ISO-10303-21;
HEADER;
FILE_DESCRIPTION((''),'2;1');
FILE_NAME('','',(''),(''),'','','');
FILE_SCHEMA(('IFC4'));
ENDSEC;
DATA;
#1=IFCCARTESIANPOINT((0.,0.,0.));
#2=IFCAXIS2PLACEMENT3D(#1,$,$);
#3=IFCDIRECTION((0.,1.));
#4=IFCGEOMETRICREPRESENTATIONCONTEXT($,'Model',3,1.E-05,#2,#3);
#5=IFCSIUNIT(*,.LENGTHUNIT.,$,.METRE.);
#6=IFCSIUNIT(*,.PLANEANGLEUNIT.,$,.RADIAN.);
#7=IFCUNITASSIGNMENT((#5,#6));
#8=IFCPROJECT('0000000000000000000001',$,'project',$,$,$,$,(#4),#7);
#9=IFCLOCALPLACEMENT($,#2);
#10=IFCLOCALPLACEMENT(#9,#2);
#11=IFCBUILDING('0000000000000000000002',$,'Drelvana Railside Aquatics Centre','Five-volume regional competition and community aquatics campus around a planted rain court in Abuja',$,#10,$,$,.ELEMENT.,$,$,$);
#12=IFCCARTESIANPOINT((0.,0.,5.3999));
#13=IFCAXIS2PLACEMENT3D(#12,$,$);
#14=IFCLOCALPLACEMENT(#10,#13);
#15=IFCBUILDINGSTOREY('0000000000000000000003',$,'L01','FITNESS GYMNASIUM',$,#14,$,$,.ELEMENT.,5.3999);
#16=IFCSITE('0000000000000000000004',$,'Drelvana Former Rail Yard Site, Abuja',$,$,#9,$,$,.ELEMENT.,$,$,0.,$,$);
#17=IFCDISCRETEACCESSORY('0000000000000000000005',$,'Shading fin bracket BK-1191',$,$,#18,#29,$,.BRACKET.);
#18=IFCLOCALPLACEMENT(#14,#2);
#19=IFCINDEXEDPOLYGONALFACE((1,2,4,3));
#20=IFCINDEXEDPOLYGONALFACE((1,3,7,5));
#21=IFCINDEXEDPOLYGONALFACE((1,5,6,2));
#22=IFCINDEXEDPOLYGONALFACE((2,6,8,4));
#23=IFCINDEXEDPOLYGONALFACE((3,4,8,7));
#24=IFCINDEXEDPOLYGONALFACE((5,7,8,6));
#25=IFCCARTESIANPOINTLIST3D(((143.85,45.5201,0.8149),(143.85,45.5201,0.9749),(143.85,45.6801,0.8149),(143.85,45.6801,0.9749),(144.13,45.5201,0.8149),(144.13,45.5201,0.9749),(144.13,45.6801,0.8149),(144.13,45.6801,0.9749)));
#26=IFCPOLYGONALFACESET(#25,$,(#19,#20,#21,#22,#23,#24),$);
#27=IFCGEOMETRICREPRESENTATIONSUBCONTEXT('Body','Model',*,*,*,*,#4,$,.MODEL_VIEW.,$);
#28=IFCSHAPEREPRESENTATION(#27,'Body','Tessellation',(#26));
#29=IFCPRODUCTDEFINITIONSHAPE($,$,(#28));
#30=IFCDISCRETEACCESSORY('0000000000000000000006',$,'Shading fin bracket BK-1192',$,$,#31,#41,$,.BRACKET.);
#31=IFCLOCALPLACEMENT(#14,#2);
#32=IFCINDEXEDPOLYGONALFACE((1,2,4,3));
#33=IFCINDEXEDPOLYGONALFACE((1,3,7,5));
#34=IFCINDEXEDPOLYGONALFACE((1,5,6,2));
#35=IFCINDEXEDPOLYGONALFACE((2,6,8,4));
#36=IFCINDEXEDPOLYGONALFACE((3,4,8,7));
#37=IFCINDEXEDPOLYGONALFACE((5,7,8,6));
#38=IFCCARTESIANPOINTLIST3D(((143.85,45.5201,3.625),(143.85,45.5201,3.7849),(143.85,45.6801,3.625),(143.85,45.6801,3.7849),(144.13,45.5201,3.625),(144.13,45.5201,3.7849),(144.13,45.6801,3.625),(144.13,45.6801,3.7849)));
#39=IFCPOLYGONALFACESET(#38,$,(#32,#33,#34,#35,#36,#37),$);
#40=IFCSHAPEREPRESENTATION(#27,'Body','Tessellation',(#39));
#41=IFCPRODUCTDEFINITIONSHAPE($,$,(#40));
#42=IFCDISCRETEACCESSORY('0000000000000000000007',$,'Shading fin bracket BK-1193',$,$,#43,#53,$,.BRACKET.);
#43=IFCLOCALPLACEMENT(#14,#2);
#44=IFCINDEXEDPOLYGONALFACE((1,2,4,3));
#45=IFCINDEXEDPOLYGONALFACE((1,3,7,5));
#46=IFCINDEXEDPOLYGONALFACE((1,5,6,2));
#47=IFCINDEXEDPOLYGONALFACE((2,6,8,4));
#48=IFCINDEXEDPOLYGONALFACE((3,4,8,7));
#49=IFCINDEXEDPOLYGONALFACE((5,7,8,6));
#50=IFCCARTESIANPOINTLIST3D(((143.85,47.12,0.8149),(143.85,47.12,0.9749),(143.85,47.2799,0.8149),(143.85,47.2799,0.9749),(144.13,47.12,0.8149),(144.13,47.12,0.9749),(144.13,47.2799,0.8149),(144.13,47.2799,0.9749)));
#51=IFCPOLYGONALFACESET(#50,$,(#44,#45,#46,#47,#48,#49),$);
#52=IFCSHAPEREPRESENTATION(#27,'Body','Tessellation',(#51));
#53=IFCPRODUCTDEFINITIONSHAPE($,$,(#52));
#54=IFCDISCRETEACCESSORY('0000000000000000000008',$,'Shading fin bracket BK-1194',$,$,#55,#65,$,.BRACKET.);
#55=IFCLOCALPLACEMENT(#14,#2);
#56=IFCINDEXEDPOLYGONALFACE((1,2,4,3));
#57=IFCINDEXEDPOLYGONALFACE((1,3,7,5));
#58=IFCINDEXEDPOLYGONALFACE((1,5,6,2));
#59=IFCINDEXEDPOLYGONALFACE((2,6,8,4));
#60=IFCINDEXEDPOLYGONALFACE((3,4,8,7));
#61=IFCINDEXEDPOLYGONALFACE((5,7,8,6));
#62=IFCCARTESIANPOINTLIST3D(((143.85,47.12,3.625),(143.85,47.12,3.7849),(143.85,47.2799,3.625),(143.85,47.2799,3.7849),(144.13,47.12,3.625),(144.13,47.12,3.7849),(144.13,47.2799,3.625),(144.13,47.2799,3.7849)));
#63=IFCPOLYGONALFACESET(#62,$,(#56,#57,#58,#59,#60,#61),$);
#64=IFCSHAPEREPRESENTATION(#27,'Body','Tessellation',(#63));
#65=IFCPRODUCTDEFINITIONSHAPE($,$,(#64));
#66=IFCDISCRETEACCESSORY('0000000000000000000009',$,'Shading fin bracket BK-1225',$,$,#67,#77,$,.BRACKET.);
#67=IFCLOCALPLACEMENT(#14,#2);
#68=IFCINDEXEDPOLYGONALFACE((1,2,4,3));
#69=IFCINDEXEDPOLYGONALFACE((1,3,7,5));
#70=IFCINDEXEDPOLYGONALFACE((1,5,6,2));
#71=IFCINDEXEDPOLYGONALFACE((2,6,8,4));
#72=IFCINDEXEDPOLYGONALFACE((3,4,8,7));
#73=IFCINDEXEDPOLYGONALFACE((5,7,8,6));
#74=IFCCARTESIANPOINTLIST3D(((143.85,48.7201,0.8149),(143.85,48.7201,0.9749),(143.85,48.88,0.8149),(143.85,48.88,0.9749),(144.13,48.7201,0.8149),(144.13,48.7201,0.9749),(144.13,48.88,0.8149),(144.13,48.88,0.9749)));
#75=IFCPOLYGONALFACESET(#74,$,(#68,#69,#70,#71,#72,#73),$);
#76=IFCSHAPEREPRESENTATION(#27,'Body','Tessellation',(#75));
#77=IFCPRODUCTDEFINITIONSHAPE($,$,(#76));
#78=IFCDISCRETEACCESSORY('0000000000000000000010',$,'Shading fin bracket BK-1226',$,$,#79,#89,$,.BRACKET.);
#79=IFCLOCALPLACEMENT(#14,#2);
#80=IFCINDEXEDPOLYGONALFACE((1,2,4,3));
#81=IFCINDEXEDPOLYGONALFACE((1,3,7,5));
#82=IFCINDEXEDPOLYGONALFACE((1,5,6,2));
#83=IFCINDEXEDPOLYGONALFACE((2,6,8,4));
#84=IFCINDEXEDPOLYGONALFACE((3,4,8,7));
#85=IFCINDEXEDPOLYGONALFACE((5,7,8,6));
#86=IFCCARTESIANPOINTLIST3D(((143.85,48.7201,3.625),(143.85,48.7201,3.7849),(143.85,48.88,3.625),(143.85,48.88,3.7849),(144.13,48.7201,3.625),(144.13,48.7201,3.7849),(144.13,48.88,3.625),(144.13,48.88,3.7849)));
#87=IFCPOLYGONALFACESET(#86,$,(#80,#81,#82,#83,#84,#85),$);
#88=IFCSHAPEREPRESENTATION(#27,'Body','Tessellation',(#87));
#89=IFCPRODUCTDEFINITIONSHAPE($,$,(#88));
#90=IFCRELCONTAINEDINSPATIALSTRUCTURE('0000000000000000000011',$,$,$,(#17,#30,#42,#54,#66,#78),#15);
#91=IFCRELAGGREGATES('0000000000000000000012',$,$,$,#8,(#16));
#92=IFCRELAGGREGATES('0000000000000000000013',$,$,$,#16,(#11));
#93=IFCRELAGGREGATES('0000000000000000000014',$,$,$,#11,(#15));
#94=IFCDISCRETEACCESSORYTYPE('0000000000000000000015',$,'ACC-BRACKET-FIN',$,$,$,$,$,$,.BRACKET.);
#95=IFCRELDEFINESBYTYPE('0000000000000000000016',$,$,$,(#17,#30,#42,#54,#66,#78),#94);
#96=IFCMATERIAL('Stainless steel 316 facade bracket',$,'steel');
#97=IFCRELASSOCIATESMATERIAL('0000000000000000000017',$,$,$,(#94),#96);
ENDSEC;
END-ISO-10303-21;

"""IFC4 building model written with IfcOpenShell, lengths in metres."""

from ifc_helpers import new_model, si_unit, direction, frame, origin, origin_2d, place, context, subcontext, project, spatial, rectangle, extrude, material, type_object, element, save


model = new_model("IFC4")

# Units and contexts
model_context = context("Model", 3, precision=1e-05, world=origin(), true_north=direction((0.0, 1.0)))
body_context = subcontext(model_context, "Body", "Model", "MODEL_VIEW")
ifc_project = project(units=[si_unit("LENGTHUNIT", "METRE"), si_unit("PLANEANGLEUNIT", "RADIAN")], contexts=[model_context])

# Site, building, storey
site_placement = place(None, origin())
site = spatial("IfcSite", under=ifc_project, at=site_placement, Name="Drelvana Former Rail Yard Site, Abuja", CompositionType="ELEMENT", RefElevation=0.0)
building_placement = place(site_placement, origin())
building = spatial("IfcBuilding", under=site, at=building_placement, Name="Drelvana Railside Aquatics Centre", Description="Five-volume regional competition and community aquatics campus around a planted rain court in Abuja", CompositionType="ELEMENT")
storey_placement = place(building_placement, frame((0.0, 0.0, 5.3999)))
storey = spatial("IfcBuildingStorey", under=building, at=storey_placement, Name="L01", Description="FITNESS GYMNASIUM", CompositionType="ELEMENT", Elevation=5.3999)

# Discrete accessories
ifc_material_1 = material(Name="Stainless steel 316 facade bracket", Category="steel")
discrete_accessory_type = type_object("IfcDiscreteAccessoryType", Name="ACC-BRACKET-FIN", PredefinedType="BRACKET", material=ifc_material_1)
for number, where, z_axis, x_axis, name in (
    (1, (143.99, 45.6001, 0.8149), (0.0, 0.0, 1.0), (-1.0, 0.0, 0.0), "Shading fin bracket BK-1191"),
    (2, (143.99, 45.6001, 3.625), (0.0, 0.0, 1.0), (-1.0, 0.0, 0.0), "Shading fin bracket BK-1192"),
    (3, (143.99, 47.2, 0.8149), (0.0, 0.0, 1.0), (-1.0, 0.0, 0.0), "Shading fin bracket BK-1193"),
    (4, (143.99, 47.2, 3.625), (0.0, 0.0, 1.0), (-1.0, 0.0, 0.0), "Shading fin bracket BK-1194"),
    (5, (143.99, 48.8, 0.8149), (0.0, 0.0, 1.0), (-1.0, 0.0, 0.0), "Shading fin bracket BK-1225"),
    (6, (143.99, 48.8, 3.625), (0.0, 0.0, 1.0), (-1.0, 0.0, 0.0), "Shading fin bracket BK-1226"),
):
    element("IfcDiscreteAccessory", number, at=place(storey_placement, frame(where, z_axis=z_axis, x_axis=x_axis)), inside=storey, type_object=discrete_accessory_type, Name=name, PredefinedType="BRACKET", context=body_context, shape_type="SweptSolid", body=[
        extrude(rectangle(XDim=0.28, YDim=0.1599, at=origin_2d()), origin(), (0.0, 0.0, 1.0), 0.1599),
    ])

save(model, "model.ifc")
